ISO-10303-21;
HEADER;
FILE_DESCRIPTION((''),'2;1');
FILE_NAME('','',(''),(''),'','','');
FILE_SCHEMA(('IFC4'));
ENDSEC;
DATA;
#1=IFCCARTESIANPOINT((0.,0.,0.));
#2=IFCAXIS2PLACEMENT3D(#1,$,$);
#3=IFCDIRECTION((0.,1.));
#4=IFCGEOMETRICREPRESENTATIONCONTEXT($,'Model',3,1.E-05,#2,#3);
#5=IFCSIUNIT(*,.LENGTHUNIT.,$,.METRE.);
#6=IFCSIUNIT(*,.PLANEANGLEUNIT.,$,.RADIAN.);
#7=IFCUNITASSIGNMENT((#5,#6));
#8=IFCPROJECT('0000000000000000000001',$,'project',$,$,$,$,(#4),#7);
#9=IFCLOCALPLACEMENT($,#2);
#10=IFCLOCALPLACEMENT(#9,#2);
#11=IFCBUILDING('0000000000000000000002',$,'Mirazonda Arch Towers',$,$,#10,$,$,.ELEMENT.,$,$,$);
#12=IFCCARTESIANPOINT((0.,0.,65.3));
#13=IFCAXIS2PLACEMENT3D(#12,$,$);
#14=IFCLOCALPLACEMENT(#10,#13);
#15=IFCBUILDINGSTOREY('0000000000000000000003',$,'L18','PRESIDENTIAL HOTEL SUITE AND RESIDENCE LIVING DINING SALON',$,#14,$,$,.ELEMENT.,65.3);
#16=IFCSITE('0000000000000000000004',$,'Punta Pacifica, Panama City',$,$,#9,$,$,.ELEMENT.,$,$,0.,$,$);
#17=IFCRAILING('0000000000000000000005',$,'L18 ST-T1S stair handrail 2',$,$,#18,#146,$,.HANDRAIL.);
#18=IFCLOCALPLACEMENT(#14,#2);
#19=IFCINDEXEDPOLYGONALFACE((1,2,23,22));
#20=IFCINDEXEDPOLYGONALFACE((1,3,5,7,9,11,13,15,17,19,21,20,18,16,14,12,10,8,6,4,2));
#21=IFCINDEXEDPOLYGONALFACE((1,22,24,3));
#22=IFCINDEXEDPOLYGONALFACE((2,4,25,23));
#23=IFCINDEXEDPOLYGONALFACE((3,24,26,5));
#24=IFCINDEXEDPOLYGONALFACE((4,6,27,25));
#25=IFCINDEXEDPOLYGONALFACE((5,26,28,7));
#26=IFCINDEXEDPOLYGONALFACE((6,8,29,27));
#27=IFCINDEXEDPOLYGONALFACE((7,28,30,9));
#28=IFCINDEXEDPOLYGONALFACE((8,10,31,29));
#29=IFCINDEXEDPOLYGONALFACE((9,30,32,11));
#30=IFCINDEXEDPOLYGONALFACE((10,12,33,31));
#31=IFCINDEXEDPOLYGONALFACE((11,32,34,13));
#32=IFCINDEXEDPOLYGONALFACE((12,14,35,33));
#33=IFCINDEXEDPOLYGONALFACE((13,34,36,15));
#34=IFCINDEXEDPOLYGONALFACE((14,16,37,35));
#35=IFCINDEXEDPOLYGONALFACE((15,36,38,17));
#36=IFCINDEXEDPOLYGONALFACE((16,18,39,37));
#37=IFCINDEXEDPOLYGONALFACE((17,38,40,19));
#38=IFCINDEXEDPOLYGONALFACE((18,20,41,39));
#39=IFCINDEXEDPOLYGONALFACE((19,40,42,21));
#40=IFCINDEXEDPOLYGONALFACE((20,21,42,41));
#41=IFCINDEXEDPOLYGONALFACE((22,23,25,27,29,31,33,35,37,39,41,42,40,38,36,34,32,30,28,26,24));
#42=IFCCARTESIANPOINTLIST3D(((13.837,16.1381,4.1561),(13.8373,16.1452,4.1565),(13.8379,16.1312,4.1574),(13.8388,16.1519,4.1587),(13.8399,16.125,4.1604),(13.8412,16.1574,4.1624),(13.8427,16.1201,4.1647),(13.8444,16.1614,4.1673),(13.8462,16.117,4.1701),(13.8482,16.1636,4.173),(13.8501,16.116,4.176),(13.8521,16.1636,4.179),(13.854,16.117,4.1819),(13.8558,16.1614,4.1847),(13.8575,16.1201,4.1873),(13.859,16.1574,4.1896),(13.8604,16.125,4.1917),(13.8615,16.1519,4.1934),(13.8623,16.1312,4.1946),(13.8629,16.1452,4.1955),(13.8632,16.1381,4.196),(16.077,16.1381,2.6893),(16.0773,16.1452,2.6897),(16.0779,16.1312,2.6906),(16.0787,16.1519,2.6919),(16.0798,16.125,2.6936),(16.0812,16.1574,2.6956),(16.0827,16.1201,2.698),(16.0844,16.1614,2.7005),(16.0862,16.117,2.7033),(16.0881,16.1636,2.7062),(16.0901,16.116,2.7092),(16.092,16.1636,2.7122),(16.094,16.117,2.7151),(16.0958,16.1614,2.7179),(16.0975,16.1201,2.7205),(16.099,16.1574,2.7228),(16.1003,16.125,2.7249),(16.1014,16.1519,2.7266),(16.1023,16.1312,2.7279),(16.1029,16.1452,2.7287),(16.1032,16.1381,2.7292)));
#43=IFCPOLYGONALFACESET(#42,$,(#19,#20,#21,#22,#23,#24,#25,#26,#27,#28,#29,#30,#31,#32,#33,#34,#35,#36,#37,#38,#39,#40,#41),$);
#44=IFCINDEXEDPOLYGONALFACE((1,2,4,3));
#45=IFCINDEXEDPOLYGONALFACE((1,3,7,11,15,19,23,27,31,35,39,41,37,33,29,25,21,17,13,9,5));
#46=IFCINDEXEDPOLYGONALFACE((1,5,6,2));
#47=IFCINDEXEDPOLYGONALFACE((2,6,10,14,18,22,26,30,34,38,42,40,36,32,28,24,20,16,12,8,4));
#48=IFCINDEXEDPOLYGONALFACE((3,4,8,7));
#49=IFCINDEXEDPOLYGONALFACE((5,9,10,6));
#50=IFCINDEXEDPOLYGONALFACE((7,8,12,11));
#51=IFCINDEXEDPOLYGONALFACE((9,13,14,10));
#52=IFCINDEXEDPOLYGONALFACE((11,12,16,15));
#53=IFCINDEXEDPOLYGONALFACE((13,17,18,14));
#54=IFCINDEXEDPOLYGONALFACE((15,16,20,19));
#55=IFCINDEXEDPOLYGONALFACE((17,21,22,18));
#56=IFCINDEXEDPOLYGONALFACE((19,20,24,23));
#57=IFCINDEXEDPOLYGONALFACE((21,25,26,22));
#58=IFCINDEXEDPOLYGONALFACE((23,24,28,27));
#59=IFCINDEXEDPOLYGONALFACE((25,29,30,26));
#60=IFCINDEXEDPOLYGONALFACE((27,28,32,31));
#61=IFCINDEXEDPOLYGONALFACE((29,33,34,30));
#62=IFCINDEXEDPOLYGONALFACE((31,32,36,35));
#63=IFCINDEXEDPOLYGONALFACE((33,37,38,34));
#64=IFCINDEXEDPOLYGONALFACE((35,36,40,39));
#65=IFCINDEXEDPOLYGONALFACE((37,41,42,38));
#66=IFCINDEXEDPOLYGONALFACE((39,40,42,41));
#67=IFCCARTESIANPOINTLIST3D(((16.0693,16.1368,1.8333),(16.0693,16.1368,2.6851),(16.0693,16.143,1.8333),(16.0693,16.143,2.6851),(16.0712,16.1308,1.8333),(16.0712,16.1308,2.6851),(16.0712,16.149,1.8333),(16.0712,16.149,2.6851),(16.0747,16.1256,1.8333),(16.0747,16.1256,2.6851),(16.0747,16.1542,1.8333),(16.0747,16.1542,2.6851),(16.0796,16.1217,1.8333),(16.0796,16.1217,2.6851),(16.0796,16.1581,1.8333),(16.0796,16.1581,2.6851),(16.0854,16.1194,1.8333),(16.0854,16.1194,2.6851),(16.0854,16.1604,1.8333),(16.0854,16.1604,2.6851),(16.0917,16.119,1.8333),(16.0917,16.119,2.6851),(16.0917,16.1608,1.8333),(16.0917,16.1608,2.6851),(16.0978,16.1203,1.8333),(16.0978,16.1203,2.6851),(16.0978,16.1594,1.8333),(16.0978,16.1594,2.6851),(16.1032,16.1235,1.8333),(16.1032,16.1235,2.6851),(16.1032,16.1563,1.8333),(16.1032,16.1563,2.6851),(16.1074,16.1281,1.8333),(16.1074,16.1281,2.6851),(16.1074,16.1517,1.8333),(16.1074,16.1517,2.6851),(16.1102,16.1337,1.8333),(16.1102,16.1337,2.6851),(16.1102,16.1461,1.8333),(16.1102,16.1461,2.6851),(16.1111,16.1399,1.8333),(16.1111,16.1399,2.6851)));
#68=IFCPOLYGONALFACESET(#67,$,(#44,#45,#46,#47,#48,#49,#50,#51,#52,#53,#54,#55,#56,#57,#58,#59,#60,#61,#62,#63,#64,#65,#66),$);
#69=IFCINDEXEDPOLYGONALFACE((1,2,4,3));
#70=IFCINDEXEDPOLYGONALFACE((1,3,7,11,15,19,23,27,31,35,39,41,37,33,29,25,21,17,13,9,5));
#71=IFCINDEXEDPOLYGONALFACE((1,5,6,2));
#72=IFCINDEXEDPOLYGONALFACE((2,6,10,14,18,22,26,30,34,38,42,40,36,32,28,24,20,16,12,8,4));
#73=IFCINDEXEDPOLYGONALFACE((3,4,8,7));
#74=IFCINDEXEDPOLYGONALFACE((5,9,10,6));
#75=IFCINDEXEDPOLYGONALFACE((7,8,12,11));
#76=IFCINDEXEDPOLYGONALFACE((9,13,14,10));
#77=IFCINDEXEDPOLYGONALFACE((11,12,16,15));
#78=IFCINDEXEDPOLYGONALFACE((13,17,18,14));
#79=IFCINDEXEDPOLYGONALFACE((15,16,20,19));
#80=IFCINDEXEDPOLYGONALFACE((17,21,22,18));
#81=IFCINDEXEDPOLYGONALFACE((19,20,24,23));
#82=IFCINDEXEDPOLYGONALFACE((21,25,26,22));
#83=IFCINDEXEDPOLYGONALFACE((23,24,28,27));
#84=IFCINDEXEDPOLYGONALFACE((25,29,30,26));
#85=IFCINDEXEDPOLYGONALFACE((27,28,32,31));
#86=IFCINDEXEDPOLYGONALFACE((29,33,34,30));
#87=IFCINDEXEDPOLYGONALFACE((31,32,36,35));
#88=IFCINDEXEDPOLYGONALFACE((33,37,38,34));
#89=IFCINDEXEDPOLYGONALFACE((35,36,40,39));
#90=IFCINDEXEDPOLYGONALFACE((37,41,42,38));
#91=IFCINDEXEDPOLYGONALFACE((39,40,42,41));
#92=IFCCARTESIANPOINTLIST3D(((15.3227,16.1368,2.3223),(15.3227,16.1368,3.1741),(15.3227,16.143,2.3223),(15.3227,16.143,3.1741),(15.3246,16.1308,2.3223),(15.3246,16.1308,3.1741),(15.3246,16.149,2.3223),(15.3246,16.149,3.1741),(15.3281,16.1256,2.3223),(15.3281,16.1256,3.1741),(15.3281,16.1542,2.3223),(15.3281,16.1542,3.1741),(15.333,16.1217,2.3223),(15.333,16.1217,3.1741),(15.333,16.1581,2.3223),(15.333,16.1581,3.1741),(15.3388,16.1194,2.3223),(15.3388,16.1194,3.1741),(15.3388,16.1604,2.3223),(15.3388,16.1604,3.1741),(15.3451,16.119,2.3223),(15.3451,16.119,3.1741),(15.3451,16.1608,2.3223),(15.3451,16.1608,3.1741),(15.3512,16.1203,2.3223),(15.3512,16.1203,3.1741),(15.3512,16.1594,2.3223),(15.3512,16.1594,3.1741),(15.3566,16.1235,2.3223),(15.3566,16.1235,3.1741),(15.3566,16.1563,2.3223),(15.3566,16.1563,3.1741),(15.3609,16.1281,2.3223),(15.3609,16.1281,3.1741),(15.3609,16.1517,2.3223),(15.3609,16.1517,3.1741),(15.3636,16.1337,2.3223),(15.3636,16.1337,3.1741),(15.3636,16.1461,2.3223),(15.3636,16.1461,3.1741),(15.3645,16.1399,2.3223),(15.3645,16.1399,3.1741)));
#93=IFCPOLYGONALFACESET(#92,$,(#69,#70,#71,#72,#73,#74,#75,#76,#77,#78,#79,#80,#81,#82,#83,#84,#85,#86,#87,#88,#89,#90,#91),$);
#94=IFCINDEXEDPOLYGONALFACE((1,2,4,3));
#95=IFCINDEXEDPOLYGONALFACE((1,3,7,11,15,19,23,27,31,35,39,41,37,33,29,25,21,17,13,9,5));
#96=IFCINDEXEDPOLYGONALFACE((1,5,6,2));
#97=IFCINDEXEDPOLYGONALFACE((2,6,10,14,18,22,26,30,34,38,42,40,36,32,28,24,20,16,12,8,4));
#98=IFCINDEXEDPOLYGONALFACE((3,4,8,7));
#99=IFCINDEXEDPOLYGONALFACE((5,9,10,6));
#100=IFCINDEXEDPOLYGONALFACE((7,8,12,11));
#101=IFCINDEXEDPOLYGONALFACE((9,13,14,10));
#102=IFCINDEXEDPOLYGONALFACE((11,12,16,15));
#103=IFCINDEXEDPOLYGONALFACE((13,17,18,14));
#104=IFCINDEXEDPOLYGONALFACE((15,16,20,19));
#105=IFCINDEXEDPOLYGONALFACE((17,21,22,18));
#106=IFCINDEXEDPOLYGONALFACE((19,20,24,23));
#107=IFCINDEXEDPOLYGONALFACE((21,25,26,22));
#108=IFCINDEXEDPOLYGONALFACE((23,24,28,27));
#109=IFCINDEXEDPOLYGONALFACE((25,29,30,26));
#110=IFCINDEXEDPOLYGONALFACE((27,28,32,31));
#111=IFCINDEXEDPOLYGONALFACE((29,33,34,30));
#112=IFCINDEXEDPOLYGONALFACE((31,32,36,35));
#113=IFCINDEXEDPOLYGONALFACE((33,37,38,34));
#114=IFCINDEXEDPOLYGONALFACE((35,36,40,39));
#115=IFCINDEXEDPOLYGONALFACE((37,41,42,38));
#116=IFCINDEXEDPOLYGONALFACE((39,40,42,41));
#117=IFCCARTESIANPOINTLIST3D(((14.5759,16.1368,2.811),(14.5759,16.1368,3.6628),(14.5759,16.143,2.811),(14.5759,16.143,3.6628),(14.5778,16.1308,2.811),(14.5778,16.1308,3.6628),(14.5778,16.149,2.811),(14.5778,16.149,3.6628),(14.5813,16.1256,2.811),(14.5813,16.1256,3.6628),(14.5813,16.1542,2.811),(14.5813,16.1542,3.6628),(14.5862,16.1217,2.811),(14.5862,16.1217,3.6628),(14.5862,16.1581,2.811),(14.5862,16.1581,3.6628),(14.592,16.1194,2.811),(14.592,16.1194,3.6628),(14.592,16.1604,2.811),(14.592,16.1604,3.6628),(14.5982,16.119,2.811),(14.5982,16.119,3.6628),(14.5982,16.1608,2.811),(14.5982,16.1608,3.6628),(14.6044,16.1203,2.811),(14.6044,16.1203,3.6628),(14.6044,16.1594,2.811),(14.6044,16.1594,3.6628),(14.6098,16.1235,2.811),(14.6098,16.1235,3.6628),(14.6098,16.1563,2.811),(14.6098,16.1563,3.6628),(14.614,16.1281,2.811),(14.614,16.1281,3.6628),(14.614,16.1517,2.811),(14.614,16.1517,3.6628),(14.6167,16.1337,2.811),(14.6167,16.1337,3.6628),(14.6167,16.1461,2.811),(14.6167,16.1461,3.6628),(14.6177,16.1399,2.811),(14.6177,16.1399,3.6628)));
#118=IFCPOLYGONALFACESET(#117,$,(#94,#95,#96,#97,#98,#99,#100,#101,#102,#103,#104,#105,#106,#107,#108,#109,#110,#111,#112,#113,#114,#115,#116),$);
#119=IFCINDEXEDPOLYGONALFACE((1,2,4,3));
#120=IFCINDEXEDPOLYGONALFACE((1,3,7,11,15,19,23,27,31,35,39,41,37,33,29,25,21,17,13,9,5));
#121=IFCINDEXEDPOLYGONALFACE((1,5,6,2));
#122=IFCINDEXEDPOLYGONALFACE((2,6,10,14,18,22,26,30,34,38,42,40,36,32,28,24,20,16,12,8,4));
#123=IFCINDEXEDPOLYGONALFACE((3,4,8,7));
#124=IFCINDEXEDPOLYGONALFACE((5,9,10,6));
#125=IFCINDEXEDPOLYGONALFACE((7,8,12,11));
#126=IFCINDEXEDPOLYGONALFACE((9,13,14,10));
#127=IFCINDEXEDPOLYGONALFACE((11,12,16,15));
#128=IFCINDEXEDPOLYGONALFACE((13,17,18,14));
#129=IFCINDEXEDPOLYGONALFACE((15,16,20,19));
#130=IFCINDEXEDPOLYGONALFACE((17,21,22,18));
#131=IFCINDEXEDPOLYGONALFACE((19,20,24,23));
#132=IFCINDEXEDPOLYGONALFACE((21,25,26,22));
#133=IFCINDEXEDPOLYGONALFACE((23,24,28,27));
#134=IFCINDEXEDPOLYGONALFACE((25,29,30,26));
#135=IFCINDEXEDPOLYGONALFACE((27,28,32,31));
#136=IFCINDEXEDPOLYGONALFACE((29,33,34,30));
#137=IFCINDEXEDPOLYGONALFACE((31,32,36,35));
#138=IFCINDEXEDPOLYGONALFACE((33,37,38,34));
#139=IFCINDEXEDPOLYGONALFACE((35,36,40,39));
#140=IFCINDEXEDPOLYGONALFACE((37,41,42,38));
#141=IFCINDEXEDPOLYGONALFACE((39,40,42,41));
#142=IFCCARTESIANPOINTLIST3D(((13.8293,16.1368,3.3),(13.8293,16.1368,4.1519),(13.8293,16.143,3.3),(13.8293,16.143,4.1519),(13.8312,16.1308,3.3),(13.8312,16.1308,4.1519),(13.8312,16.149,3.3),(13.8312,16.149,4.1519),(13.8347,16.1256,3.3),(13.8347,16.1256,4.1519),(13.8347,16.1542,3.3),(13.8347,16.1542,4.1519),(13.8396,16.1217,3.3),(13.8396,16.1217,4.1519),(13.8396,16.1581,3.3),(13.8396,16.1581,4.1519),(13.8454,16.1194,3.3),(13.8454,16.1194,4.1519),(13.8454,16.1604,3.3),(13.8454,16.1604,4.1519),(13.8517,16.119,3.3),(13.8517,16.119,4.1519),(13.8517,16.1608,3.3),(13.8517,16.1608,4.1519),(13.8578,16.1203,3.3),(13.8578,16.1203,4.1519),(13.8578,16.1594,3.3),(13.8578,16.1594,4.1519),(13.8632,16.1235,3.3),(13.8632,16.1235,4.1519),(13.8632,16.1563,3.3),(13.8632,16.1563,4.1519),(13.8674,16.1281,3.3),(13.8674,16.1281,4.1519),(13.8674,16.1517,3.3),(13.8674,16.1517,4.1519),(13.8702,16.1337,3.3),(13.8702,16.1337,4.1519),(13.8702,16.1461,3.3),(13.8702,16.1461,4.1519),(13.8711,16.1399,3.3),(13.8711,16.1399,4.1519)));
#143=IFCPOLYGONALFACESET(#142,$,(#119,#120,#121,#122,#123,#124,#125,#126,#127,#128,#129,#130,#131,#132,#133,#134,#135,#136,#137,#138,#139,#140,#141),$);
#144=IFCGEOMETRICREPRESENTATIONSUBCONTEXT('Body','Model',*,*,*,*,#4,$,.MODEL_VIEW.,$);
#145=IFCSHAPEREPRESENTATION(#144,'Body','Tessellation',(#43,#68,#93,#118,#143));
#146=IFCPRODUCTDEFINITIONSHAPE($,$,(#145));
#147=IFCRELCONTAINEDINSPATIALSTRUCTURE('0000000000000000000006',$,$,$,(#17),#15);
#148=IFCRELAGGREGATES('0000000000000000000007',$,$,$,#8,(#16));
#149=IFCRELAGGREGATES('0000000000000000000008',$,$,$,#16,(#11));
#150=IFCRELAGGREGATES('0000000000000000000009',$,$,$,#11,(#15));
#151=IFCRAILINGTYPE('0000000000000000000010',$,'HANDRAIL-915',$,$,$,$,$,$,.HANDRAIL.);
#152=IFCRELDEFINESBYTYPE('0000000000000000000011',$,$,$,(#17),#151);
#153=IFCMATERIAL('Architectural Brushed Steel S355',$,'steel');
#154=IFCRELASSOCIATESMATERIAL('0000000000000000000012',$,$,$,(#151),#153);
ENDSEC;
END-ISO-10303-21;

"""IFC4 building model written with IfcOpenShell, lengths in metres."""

from ifc_helpers import new_model, si_unit, direction, frame, origin, origin_2d, place, context, subcontext, project, spatial, circle, extrude, material, type_object, element, save


model = new_model("IFC4")

# Units and contexts
model_context = context("Model", 3, precision=1e-05, world=origin(), true_north=direction((0.0, 1.0)))
body_context = subcontext(model_context, "Body", "Model", "MODEL_VIEW")
ifc_project = project(units=[si_unit("LENGTHUNIT", "METRE"), si_unit("PLANEANGLEUNIT", "RADIAN")], contexts=[model_context])

# Site, building, storey
site_placement = place(None, origin())
site = spatial("IfcSite", under=ifc_project, at=site_placement, Name="Punta Pacifica, Panama City", CompositionType="ELEMENT", RefElevation=0.0)
building_placement = place(site_placement, origin())
building = spatial("IfcBuilding", under=site, at=building_placement, Name="Mirazonda Arch Towers", CompositionType="ELEMENT")
storey_placement = place(building_placement, frame((0.0, 0.0, 65.3)))
storey = spatial("IfcBuildingStorey", under=building, at=storey_placement, Name="L18", Description="PRESIDENTIAL HOTEL SUITE AND RESIDENCE LIVING DINING SALON", CompositionType="ELEMENT", Elevation=65.3)

# Railing
ifc_material_1 = material(Name="Architectural Brushed Steel S355", Category="steel")
railing_type_1 = type_object("IfcRailingType", Name="HANDRAIL-915", PredefinedType="HANDRAIL", material=ifc_material_1)
railing_1_placement = place(storey_placement, frame((16.0901, 16.1399, 1.8333)))
element("IfcRailing", 1, at=railing_1_placement, inside=storey, type_object=railing_type_1, Name="L18 ST-T1S stair handrail 2", PredefinedType="HANDRAIL", context=body_context, shape_type="SweptSolid", body=[
    extrude(circle(Radius=0.0239, at=origin_2d()), frame((0.0, 0.0, 0.876), z_axis=(-0.836595, 0.0, 0.547822), x_axis=(0.0, -1.0, 0.0)), (0.0, 0.0, 1.0), 2.6775),
    extrude(circle(Radius=0.021, at=origin_2d()), origin(), (0.0, 0.0, 1.0), 0.8518),
    extrude(circle(Radius=0.021, at=origin_2d()), frame((-0.7466, 0.0, 0.489)), (0.0, 0.0, 1.0), 0.8518),
    extrude(circle(Radius=0.021, at=origin_2d()), frame((-1.4934, 0.0, 0.9778)), (0.0, 0.0, 1.0), 0.8518),
    extrude(circle(Radius=0.021, at=origin_2d()), frame((-2.24, 0.0, 1.4668)), (0.0, 0.0, 1.0), 0.8518),
])

save(model, "model.ifc")
